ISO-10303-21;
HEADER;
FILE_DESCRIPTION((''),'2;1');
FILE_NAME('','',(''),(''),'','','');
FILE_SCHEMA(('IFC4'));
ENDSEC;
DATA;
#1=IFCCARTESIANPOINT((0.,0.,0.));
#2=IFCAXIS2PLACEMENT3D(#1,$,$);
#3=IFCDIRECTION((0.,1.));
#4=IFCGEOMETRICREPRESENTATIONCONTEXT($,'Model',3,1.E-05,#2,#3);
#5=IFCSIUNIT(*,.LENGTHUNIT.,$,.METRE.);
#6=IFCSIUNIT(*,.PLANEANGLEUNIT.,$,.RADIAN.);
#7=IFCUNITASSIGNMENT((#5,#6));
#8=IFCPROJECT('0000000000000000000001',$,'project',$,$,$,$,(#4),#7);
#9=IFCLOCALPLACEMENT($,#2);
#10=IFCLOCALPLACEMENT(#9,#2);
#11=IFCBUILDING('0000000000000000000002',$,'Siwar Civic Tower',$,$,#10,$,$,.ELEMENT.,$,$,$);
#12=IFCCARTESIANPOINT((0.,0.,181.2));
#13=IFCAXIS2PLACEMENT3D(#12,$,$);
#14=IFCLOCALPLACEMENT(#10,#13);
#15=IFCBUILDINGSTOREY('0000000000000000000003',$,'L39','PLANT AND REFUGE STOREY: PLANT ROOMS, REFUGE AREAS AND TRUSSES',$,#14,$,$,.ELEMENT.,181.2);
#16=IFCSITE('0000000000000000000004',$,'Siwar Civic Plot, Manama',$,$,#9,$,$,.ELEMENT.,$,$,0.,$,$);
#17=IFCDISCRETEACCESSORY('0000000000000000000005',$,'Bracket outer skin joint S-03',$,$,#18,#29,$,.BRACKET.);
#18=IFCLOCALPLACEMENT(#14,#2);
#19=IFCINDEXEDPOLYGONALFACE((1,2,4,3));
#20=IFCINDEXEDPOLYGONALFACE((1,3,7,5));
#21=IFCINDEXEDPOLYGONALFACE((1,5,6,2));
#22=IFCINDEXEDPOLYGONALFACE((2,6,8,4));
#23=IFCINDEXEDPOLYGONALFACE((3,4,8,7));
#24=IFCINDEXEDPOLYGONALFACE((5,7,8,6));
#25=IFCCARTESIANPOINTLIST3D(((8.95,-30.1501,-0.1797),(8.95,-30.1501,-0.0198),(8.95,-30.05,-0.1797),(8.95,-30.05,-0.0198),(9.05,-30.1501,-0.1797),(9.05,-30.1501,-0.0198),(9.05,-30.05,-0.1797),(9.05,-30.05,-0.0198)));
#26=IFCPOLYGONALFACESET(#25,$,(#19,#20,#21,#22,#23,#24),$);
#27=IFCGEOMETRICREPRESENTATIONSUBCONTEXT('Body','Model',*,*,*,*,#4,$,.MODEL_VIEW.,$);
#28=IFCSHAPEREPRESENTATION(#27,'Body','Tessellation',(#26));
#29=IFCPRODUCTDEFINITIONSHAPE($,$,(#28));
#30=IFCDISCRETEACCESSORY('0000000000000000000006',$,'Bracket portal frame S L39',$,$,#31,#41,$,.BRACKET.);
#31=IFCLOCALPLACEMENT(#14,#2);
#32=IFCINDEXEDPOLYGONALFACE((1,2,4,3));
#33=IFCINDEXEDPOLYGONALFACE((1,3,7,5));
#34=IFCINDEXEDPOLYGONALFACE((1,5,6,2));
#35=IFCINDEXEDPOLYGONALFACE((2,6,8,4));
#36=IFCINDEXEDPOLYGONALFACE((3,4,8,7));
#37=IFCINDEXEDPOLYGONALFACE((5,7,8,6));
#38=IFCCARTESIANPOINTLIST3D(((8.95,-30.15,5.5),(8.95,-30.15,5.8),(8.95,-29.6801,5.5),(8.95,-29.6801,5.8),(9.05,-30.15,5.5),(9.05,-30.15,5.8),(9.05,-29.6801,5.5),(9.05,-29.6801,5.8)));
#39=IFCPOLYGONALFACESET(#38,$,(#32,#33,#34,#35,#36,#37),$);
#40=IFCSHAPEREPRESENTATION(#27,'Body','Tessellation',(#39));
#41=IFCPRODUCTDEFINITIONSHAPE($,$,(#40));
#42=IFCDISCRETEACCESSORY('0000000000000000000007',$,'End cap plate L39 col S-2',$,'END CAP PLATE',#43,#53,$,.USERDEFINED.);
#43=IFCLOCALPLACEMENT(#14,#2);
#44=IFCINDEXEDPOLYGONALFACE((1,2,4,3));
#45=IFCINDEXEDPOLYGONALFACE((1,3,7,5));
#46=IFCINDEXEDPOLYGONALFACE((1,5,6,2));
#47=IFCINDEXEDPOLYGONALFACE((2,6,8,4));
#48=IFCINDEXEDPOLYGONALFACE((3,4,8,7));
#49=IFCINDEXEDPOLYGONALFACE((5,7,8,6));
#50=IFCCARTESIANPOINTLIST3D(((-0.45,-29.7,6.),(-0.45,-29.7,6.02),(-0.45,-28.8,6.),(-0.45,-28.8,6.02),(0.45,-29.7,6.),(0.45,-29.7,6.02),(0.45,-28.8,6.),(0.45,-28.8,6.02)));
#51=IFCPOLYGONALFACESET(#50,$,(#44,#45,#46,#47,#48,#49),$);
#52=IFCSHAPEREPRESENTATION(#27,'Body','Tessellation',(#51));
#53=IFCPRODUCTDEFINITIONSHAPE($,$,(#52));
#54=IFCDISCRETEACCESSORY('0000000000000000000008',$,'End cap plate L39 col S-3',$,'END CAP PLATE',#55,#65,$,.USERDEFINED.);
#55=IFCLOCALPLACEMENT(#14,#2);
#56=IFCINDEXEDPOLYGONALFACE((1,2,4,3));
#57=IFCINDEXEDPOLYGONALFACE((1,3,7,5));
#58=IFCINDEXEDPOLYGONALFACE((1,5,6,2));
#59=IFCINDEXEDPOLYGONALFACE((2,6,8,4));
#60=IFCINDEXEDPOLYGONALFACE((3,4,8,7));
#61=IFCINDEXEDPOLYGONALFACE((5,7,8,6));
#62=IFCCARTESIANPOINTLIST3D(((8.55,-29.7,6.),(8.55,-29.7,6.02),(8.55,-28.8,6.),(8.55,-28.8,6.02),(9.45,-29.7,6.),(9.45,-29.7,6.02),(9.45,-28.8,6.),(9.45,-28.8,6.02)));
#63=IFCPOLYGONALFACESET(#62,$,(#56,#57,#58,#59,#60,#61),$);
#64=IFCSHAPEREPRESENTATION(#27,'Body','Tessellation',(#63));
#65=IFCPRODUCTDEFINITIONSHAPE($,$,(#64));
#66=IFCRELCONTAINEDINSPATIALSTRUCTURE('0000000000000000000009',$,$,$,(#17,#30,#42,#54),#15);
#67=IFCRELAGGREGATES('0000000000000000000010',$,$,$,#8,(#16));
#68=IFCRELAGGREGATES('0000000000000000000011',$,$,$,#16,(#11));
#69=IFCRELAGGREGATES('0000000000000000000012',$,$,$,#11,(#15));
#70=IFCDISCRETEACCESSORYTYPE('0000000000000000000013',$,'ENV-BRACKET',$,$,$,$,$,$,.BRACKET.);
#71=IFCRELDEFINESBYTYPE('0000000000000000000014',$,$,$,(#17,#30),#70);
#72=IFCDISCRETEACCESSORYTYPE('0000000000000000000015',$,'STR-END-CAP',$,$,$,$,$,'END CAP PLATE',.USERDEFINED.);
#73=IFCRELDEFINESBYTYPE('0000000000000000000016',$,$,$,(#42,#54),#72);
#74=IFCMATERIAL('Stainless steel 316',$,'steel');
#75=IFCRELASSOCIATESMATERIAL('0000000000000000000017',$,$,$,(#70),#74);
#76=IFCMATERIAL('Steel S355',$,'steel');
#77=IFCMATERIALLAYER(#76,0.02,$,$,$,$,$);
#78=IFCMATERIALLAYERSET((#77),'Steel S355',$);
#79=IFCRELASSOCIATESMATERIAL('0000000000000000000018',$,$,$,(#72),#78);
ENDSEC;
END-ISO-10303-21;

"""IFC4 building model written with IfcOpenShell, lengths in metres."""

from ifc_helpers import new_model, si_unit, direction, frame, origin, origin_2d, place, context, subcontext, project, spatial, rectangle, extrude, material, layer, layer_set, type_object, element, save


model = new_model("IFC4")

# Units and contexts
model_context = context("Model", 3, precision=1e-05, world=origin(), true_north=direction((0.0, 1.0)))
body_context = subcontext(model_context, "Body", "Model", "MODEL_VIEW")
ifc_project = project(units=[si_unit("LENGTHUNIT", "METRE"), si_unit("PLANEANGLEUNIT", "RADIAN")], contexts=[model_context])

# Site, building, storey
site_placement = place(None, origin())
site = spatial("IfcSite", under=ifc_project, at=site_placement, Name="Siwar Civic Plot, Manama", CompositionType="ELEMENT", RefElevation=0.0)
building_placement = place(site_placement, origin())
building = spatial("IfcBuilding", under=site, at=building_placement, Name="Siwar Civic Tower", CompositionType="ELEMENT")
storey_placement = place(building_placement, frame((0.0, 0.0, 181.2)))
storey = spatial("IfcBuildingStorey", under=building, at=storey_placement, Name="L39", Description="PLANT AND REFUGE STOREY: PLANT ROOMS, REFUGE AREAS AND TRUSSES", CompositionType="ELEMENT", Elevation=181.2)

# Discrete accessories
ifc_material_1 = material(Name="Stainless steel 316", Category="steel")
discrete_accessory_type_1 = type_object("IfcDiscreteAccessoryType", Name="ENV-BRACKET", PredefinedType="BRACKET", material=ifc_material_1)
discrete_accessory_1_placement = place(storey_placement, frame((9.0, -30.1001, -0.1797), z_axis=(0.0, 0.0, 1.0), x_axis=(0.0, -1.0, 0.0)))
element("IfcDiscreteAccessory", 1, at=discrete_accessory_1_placement, inside=storey, type_object=discrete_accessory_type_1, Name="Bracket outer skin joint S-03", PredefinedType="BRACKET", context=body_context, shape_type="SweptSolid", body=[
    extrude(rectangle(XDim=0.1001, YDim=0.1001, at=origin_2d()), origin(), (0.0, 0.0, 1.0), 0.1599),
])
discrete_accessory_2_placement = place(storey_placement, frame((9.0, -29.915, 5.5), z_axis=(0.0, 0.0, 1.0), x_axis=(0.0, 1.0, 0.0)))
element("IfcDiscreteAccessory", 2, at=discrete_accessory_2_placement, inside=storey, type_object=discrete_accessory_type_1, Name="Bracket portal frame S L39", PredefinedType="BRACKET", context=body_context, shape_type="SweptSolid", body=[
    extrude(rectangle(XDim=0.47, YDim=0.1001, at=origin_2d()), origin(), (0.0, 0.0, 1.0), 0.3),
])
ifc_material_2 = material(Name="Steel S355", Category="steel")
ifc_layer_1 = layer(ifc_material_2, 0.02)
ifc_layer_set_1 = layer_set([ifc_layer_1], Name="Steel S355")
discrete_accessory_type_2 = type_object("IfcDiscreteAccessoryType", Name="STR-END-CAP", ElementType="END CAP PLATE", PredefinedType="USERDEFINED", material=ifc_layer_set_1)
for number, where, z_axis, x_axis, name in (
    (3, (0.0, -29.25, 6.0), (0.0, 0.0, 1.0), (1.0, 0.0, 0.0), "End cap plate L39 col S-2"),
    (4, (9.0, -29.25, 6.0), (0.0, 0.0, 1.0), (1.0, 0.0, 0.0), "End cap plate L39 col S-3"),
):
    element("IfcDiscreteAccessory", number, at=place(storey_placement, frame(where, z_axis=z_axis, x_axis=x_axis)), inside=storey, type_object=discrete_accessory_type_2, Name=name, ObjectType="END CAP PLATE", PredefinedType="USERDEFINED", context=body_context, shape_type="SweptSolid", body=[
        extrude(rectangle(XDim=0.8999, YDim=0.8999, at=origin_2d()), origin(), (0.0, 0.0, 1.0), 0.02),
    ])

save(model, "model.ifc")
